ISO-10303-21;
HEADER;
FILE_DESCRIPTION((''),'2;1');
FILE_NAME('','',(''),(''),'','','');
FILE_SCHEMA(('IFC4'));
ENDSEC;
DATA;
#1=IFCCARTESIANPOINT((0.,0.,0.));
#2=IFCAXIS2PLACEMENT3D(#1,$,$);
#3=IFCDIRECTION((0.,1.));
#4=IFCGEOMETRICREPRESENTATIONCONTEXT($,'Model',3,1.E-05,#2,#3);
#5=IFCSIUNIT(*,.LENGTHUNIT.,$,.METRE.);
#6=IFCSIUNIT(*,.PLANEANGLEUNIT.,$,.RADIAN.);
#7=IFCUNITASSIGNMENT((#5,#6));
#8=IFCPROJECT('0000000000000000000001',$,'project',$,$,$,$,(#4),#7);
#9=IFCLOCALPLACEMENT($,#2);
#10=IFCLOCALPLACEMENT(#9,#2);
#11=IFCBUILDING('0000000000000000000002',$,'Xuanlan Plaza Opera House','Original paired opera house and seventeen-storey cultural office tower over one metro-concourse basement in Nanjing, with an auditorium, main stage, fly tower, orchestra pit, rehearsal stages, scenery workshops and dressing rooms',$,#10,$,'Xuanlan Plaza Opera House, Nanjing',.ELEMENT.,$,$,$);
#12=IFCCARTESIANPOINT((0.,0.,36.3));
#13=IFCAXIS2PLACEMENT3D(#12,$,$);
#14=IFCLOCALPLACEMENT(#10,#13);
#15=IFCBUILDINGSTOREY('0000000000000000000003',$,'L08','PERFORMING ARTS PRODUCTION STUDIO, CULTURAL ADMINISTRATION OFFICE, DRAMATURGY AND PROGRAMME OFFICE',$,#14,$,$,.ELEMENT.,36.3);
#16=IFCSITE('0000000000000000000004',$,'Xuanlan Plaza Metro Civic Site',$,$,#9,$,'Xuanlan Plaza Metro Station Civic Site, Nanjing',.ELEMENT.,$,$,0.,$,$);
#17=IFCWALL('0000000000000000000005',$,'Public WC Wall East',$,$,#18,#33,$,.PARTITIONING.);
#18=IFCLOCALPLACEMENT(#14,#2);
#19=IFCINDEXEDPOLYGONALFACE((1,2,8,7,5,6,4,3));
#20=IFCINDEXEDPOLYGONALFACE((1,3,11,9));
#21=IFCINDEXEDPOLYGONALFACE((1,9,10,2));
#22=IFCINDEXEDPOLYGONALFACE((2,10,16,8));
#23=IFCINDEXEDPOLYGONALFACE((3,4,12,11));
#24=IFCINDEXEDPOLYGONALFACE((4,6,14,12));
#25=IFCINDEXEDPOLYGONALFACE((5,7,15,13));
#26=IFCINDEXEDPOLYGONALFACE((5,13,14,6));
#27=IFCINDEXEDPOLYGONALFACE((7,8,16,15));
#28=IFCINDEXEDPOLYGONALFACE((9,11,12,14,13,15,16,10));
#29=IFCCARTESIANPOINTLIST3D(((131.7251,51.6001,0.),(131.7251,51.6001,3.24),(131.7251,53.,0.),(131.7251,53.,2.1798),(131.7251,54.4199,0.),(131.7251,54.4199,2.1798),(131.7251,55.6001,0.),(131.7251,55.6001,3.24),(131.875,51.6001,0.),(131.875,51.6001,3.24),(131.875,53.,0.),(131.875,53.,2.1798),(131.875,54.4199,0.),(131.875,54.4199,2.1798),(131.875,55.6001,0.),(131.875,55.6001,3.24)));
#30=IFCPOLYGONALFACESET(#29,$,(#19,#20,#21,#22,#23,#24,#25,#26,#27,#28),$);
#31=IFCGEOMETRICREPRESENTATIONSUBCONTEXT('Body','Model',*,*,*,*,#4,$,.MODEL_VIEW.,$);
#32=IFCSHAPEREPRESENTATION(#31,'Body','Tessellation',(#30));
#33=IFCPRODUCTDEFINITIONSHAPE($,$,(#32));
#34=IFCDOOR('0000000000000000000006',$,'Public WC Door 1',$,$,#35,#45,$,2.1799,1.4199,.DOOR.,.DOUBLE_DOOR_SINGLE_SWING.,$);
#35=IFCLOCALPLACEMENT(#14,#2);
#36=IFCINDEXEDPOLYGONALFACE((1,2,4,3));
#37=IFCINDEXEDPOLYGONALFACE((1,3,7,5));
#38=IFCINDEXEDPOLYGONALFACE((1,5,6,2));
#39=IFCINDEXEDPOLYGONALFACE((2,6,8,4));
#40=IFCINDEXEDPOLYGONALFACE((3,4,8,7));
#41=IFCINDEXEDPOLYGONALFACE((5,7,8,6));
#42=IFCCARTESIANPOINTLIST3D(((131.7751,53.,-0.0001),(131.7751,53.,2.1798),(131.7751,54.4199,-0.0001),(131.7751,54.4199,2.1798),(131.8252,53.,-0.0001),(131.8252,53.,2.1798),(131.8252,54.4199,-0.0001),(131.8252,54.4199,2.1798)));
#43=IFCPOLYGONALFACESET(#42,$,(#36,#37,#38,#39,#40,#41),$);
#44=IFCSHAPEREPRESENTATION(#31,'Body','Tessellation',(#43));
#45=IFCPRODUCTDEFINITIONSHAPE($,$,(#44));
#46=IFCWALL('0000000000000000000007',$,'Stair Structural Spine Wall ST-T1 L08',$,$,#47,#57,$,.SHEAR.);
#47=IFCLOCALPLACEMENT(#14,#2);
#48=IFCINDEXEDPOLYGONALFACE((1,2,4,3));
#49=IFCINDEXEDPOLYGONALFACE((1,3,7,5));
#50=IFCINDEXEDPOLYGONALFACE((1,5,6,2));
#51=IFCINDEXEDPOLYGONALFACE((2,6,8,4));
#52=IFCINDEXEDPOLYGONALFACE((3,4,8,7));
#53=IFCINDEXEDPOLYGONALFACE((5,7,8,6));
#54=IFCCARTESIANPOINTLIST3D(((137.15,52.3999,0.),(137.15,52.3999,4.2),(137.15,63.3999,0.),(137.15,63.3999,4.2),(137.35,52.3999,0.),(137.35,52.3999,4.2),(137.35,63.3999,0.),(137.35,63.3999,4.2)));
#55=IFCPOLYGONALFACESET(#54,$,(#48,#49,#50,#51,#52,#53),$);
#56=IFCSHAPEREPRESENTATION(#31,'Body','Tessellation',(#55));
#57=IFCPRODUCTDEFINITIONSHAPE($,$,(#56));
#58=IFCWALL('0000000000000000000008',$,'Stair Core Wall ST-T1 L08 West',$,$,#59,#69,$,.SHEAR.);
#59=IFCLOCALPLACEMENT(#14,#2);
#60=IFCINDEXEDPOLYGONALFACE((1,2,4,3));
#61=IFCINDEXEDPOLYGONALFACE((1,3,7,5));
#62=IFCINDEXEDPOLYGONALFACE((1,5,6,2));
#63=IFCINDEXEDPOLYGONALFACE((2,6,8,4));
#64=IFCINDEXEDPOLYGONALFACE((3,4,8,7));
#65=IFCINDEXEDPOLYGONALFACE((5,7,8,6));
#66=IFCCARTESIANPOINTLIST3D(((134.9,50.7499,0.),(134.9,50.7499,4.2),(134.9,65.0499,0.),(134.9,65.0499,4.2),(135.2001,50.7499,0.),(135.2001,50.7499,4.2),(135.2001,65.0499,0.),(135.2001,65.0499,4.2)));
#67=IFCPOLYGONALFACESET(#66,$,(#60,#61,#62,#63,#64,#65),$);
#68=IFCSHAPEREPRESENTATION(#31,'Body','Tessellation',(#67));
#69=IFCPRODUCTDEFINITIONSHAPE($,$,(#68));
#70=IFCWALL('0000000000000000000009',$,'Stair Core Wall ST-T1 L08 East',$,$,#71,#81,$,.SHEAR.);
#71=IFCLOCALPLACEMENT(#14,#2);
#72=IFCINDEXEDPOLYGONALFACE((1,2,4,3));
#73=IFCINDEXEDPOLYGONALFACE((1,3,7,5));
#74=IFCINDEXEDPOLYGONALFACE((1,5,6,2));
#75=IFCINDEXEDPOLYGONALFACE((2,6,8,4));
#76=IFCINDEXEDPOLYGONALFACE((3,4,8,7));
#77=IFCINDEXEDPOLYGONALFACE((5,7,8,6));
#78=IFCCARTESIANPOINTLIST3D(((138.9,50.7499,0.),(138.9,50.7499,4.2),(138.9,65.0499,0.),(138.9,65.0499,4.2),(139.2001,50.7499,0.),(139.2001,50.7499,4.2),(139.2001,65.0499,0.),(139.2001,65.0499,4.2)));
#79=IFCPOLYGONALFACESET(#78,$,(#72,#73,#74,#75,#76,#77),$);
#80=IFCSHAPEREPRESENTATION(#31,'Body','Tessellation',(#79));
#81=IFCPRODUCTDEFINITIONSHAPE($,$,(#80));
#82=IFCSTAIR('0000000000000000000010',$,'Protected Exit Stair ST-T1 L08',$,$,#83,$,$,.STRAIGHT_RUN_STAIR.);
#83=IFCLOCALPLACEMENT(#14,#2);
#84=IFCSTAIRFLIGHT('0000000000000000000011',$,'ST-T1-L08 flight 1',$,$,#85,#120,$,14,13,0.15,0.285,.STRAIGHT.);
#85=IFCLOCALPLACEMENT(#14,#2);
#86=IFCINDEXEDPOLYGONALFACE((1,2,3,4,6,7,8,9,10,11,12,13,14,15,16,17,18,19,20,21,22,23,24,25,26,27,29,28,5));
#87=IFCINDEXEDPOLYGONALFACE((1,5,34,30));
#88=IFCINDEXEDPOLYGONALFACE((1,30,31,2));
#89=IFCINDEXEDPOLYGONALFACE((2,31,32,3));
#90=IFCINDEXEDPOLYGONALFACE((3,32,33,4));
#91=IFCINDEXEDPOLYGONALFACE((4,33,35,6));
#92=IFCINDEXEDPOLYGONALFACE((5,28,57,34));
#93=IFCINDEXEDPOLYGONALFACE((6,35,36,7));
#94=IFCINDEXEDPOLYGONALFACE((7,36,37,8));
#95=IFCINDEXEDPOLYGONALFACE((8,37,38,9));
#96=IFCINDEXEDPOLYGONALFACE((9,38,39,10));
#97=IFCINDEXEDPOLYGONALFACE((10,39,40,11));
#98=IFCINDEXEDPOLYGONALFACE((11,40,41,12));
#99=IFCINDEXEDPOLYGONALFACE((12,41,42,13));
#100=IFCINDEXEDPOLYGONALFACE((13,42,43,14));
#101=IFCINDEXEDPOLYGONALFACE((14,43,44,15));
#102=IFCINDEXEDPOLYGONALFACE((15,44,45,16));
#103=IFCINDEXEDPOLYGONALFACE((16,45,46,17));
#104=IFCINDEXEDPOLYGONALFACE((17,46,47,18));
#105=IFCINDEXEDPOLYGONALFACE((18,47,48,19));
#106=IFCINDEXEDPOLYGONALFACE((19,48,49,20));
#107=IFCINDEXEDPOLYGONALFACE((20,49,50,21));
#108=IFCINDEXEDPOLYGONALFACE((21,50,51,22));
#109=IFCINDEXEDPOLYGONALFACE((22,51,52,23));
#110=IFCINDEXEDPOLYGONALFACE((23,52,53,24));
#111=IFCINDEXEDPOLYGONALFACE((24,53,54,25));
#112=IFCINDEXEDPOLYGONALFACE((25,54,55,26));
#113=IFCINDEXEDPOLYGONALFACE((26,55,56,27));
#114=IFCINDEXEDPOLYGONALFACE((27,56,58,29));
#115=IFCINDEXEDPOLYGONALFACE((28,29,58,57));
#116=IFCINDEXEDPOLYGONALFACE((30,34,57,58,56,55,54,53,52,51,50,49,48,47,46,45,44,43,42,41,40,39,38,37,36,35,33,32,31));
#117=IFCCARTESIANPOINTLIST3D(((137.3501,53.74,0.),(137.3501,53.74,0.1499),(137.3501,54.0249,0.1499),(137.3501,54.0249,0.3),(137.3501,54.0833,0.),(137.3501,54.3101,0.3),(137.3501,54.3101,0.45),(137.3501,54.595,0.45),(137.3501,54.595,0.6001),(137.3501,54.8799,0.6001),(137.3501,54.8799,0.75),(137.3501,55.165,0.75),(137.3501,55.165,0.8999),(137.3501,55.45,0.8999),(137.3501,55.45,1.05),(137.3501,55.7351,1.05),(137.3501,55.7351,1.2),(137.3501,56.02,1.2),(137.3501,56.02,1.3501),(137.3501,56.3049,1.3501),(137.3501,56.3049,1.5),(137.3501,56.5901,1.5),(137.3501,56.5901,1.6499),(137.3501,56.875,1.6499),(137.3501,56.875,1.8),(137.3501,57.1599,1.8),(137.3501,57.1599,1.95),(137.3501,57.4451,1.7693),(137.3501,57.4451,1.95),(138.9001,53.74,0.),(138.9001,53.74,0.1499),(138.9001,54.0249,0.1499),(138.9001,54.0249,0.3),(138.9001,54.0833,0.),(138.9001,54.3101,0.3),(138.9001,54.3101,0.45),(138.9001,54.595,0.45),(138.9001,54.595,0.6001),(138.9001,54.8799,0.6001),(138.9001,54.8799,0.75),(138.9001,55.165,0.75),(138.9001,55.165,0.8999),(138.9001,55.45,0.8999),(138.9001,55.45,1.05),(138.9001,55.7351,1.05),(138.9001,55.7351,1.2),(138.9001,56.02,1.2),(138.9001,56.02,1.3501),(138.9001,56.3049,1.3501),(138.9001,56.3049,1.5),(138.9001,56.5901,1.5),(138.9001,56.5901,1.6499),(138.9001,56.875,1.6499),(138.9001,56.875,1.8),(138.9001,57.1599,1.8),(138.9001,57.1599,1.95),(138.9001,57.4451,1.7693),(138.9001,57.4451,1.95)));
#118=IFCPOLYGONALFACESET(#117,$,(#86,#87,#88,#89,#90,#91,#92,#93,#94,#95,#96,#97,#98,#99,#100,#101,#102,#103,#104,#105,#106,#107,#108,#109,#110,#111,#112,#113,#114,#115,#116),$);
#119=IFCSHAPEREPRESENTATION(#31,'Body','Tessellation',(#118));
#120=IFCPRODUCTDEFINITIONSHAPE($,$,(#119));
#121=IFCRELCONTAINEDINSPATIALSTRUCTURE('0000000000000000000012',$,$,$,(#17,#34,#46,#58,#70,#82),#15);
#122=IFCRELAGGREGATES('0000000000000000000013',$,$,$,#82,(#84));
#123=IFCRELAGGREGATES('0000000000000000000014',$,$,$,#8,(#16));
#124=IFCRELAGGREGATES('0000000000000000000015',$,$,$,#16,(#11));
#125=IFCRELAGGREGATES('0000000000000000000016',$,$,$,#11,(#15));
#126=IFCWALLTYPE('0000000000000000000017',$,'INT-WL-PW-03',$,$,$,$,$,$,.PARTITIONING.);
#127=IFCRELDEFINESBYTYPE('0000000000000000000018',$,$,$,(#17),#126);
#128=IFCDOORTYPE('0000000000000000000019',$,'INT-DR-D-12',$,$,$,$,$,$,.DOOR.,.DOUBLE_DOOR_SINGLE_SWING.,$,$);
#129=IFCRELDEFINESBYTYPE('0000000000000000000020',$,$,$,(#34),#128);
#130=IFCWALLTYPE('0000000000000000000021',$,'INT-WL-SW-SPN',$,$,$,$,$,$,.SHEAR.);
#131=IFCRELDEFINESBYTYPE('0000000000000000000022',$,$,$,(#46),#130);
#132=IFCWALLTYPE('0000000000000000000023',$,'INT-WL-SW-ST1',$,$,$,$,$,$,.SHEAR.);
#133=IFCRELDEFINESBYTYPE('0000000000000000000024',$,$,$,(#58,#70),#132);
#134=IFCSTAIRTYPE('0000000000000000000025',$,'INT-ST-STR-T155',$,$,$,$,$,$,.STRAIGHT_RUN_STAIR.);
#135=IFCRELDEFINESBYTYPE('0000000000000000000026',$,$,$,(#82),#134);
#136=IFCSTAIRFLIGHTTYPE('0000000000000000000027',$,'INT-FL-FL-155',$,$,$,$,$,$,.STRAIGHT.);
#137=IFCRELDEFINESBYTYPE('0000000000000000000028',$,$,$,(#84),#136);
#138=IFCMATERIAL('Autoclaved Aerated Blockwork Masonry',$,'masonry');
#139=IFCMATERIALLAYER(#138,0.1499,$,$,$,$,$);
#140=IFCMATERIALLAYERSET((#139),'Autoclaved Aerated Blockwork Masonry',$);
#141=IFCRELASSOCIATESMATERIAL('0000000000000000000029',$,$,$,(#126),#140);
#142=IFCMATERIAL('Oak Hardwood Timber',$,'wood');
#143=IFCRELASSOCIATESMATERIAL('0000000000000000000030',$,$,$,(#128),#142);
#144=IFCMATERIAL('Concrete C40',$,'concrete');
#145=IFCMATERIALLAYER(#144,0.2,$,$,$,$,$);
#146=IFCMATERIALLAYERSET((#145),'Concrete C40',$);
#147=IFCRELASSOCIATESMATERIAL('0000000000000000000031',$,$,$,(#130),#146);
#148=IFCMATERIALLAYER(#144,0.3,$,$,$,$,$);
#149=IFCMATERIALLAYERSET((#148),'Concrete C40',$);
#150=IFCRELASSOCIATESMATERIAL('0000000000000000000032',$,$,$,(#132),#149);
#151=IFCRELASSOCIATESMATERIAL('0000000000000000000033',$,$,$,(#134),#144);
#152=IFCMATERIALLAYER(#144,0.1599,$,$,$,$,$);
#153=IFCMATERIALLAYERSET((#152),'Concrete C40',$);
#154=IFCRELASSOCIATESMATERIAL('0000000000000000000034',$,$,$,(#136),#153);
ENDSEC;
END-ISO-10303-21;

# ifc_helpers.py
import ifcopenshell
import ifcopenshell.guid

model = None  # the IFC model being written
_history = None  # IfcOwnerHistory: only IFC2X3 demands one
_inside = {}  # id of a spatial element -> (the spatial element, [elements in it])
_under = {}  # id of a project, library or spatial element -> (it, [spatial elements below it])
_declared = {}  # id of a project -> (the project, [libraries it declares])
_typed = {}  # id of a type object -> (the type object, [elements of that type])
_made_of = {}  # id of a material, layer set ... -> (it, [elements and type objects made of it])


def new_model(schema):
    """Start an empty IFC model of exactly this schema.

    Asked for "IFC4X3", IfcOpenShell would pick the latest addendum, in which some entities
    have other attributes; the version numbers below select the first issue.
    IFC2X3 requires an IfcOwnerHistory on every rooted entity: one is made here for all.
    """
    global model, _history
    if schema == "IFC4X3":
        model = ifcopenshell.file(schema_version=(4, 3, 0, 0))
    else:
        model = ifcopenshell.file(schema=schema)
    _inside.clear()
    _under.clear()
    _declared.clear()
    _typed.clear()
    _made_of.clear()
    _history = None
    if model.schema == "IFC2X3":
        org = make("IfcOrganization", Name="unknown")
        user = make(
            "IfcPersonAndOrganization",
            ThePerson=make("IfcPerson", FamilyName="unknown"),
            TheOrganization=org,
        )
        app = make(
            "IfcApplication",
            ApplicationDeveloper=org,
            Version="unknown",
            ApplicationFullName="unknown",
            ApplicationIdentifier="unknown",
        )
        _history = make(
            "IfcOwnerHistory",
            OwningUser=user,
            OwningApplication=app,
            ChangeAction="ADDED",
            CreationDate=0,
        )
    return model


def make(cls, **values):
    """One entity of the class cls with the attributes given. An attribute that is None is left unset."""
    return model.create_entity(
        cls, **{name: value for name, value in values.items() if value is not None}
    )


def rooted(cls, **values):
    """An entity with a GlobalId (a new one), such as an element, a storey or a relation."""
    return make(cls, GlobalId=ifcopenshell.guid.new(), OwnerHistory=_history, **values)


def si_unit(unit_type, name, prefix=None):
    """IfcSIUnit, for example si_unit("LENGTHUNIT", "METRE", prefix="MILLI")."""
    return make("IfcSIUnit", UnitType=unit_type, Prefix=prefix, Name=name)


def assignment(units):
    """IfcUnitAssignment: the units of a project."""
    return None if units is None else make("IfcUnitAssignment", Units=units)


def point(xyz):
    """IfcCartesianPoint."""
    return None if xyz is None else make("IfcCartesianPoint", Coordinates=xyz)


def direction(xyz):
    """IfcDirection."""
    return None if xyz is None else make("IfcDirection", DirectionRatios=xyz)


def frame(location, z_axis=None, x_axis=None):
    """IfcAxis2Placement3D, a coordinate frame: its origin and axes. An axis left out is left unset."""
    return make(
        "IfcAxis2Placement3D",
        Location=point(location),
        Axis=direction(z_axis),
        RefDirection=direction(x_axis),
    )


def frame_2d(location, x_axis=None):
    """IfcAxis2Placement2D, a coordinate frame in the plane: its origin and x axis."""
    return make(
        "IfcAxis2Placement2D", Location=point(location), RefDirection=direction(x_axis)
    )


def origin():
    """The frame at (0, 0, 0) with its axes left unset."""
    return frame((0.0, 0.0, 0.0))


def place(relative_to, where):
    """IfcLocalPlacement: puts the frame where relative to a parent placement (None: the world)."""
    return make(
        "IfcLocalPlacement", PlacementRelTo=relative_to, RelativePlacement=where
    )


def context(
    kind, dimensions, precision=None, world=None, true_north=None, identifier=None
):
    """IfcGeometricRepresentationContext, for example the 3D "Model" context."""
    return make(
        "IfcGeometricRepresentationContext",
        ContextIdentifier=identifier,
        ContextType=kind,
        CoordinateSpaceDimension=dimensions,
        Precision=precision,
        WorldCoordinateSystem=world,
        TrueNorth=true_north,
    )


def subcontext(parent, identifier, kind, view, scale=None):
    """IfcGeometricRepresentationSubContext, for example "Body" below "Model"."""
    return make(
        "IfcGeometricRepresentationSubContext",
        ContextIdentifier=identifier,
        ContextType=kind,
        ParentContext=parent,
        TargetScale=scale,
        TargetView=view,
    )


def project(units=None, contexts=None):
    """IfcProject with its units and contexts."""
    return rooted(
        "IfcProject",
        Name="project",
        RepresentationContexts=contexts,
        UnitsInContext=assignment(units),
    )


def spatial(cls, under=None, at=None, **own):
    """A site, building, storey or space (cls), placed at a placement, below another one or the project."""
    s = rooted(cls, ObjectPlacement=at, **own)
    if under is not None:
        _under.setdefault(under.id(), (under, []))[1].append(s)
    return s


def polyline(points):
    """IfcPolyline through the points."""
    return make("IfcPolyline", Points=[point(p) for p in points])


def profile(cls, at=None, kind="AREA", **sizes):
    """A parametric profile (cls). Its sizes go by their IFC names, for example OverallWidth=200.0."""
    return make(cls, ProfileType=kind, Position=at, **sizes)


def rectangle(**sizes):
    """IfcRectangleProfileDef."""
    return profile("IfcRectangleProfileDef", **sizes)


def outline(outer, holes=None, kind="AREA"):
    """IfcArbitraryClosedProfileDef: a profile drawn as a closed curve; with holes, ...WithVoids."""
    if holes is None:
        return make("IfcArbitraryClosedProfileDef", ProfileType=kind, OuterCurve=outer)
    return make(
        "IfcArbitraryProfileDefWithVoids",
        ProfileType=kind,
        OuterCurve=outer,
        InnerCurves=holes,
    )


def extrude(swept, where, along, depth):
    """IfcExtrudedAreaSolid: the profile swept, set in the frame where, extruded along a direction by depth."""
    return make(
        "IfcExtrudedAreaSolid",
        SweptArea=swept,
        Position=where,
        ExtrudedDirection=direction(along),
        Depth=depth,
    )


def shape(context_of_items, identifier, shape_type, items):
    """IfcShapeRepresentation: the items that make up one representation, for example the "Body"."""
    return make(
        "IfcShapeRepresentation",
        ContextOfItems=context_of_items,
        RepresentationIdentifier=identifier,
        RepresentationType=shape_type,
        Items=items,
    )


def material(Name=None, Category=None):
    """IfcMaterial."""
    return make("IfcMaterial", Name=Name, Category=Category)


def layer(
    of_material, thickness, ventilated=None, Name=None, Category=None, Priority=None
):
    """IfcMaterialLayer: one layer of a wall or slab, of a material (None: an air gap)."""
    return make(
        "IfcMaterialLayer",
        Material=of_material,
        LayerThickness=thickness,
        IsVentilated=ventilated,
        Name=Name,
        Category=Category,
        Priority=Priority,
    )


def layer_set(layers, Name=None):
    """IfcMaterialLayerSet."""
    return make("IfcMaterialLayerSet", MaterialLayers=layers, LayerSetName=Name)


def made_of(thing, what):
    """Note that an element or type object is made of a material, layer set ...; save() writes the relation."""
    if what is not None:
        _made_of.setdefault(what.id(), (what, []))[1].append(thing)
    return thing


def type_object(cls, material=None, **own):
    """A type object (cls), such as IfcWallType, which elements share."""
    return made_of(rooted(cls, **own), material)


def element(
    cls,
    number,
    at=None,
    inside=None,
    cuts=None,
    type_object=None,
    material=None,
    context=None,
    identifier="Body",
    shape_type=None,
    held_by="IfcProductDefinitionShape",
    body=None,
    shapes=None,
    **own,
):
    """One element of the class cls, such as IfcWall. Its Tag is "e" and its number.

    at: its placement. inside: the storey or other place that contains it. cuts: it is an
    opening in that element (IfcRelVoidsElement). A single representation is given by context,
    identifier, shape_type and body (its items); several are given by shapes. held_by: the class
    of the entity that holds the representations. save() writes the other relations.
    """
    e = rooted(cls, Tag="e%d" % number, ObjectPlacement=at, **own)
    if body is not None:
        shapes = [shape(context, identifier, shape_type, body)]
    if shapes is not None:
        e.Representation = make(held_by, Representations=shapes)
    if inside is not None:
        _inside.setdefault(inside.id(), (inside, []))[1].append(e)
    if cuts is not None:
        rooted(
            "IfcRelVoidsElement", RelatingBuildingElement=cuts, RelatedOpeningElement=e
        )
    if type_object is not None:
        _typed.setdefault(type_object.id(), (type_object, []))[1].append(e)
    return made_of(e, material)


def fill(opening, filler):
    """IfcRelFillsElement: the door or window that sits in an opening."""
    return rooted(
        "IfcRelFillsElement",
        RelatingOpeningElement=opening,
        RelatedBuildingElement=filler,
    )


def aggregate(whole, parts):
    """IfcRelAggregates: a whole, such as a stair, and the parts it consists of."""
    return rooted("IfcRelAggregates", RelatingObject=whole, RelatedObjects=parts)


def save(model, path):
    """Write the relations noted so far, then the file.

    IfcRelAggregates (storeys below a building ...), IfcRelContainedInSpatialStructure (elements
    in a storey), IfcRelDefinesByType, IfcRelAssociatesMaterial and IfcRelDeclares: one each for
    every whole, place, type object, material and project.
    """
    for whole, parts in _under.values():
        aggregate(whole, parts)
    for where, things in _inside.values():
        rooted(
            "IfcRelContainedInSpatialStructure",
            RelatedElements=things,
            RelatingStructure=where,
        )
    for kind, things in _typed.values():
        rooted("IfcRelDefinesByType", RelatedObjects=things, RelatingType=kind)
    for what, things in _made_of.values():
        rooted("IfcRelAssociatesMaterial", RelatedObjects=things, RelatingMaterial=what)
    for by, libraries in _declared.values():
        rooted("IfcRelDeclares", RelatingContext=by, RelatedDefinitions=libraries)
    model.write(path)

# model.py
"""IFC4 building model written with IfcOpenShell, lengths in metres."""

from ifc_helpers import new_model, si_unit, direction, frame, frame_2d, origin, place, context, subcontext, project, spatial, polyline, rectangle, outline, extrude, material, layer, layer_set, type_object, element, fill, aggregate, save


model = new_model("IFC4")

# Units and contexts
model_context = context("Model", 3, precision=1e-05, world=origin(), true_north=direction((0.0, 1.0)))
body_context = subcontext(model_context, "Body", "Model", "MODEL_VIEW")
ifc_project = project(units=[si_unit("LENGTHUNIT", "METRE"), si_unit("PLANEANGLEUNIT", "RADIAN")], contexts=[model_context])

# Site, building, storey
site_placement = place(None, origin())
site = spatial("IfcSite", under=ifc_project, at=site_placement, Name="Xuanlan Plaza Metro Civic Site", LongName="Xuanlan Plaza Metro Station Civic Site, Nanjing", CompositionType="ELEMENT", RefElevation=0.0)
building_placement = place(site_placement, origin())
building = spatial("IfcBuilding", under=site, at=building_placement, Name="Xuanlan Plaza Opera House", Description="Original paired opera house and seventeen-storey cultural office tower over one metro-concourse basement in Nanjing, with an auditorium, main stage, fly tower, orchestra pit, rehearsal stages, scenery workshops and dressing rooms", LongName="Xuanlan Plaza Opera House, Nanjing", CompositionType="ELEMENT")
storey_placement = place(building_placement, frame((0.0, 0.0, 36.3)))
storey = spatial("IfcBuildingStorey", under=building, at=storey_placement, Name="L08", Description="PERFORMING ARTS PRODUCTION STUDIO, CULTURAL ADMINISTRATION OFFICE, DRAMATURGY AND PROGRAMME OFFICE", CompositionType="ELEMENT", Elevation=36.3)

# Shared definitions
ifc_material_1 = material(Name="Concrete C40", Category="concrete")

# Shared definitions
ifc_material_2 = material(Name="Autoclaved Aerated Blockwork Masonry", Category="masonry")
ifc_layer_1 = layer(ifc_material_2, 0.1499)
ifc_layer_set_1 = layer_set([ifc_layer_1], Name="Autoclaved Aerated Blockwork Masonry")
wall_type_1 = type_object("IfcWallType", Name="INT-WL-PW-03", PredefinedType="PARTITIONING", material=ifc_layer_set_1)

# Wall, opening, door
wall_1_placement = place(storey_placement, frame((131.8, 51.6001, 0.0), z_axis=(0.0, 0.0, 1.0), x_axis=(0.0, 1.0, 0.0)))
wall_1 = element("IfcWall", 1, at=wall_1_placement, inside=storey, type_object=wall_type_1, Name="Public WC Wall East", PredefinedType="PARTITIONING", context=body_context, shape_type="SweptSolid", body=[
    extrude(rectangle(XDim=4.0, YDim=0.1499, at=frame_2d((2.0, 0.0))), origin(), (0.0, 0.0, 1.0), 3.24),
])
opening_1_placement = place(wall_1_placement, frame((1.3999, 0.0, 0.0)))
opening_1 = element("IfcOpeningElement", 2, at=opening_1_placement, cuts=wall_1, PredefinedType="OPENING", context=body_context, shape_type="SweptSolid", body=[
    extrude(rectangle(XDim=1.4199, YDim=2.1799, at=frame_2d((0.71, 1.0898))), frame((0.0, 0.085, 0.0), z_axis=(0.0, -1.0, 0.0), x_axis=(1.0, 0.0, 0.0)), (0.0, 0.0, 1.0), 0.1699),
])
ifc_material_3 = material(Name="Oak Hardwood Timber", Category="wood")
door_type_1 = type_object("IfcDoorType", Name="INT-DR-D-12", OperationType="DOUBLE_DOOR_SINGLE_SWING", PredefinedType="DOOR", material=ifc_material_3)
door_1_placement = place(opening_1_placement, origin())
door_1 = element("IfcDoor", 3, at=door_1_placement, inside=storey, type_object=door_type_1, Name="Public WC Door 1", OperationType="DOUBLE_DOOR_SINGLE_SWING", OverallHeight=2.1799, OverallWidth=1.4199, PredefinedType="DOOR", context=body_context, shape_type="SweptSolid", body=[
    extrude(rectangle(XDim=1.4199, YDim=2.1799, at=frame_2d((0.71, 1.0898))), frame((0.0, 0.0249, 0.0), z_axis=(0.0, -1.0, 0.0), x_axis=(1.0, 0.0, 0.0)), (0.0, 0.0, 1.0), 0.05),
])
fill(opening_1, door_1)

# Wall
ifc_layer_2 = layer(ifc_material_1, 0.2)
ifc_layer_set_2 = layer_set([ifc_layer_2], Name="Concrete C40")
wall_type_2 = type_object("IfcWallType", Name="INT-WL-SW-SPN", PredefinedType="SHEAR", material=ifc_layer_set_2)
wall_2_placement = place(storey_placement, frame((137.25, 52.3999, 0.0), z_axis=(0.0, 0.0, 1.0), x_axis=(0.0, 1.0, 0.0)))
element("IfcWall", 4, at=wall_2_placement, inside=storey, type_object=wall_type_2, Name="Stair Structural Spine Wall ST-T1 L08", PredefinedType="SHEAR", context=body_context, shape_type="SweptSolid", body=[
    extrude(rectangle(XDim=11.0, YDim=0.2, at=frame_2d((5.5, 0.0))), origin(), (0.0, 0.0, 1.0), 4.2),
])

# Shared definitions
ifc_layer_3 = layer(ifc_material_1, 0.3)
ifc_layer_set_3 = layer_set([ifc_layer_3], Name="Concrete C40")
wall_type_3 = type_object("IfcWallType", Name="INT-WL-SW-ST1", PredefinedType="SHEAR", material=ifc_layer_set_3)

# Walls
for number, where, z_axis, x_axis, name in (
    (5, (135.05, 50.75, 0.0), (0.0, 0.0, 1.0), (0.0, 1.0, 0.0), "Stair Core Wall ST-T1 L08 West"),
    (6, (139.05, 50.75, 0.0), (0.0, 0.0, 1.0), (0.0, 1.0, 0.0), "Stair Core Wall ST-T1 L08 East"),
):
    element("IfcWall", number, at=place(storey_placement, frame(where, z_axis=z_axis, x_axis=x_axis)), inside=storey, type_object=wall_type_3, Name=name, PredefinedType="SHEAR", context=body_context, shape_type="SweptSolid", body=[
        extrude(rectangle(XDim=14.3, YDim=0.3, at=frame_2d((7.1499, 0.0))), origin(), (0.0, 0.0, 1.0), 4.2),
    ])

# Stair, stair flight
stair_type = type_object("IfcStairType", Name="INT-ST-STR-T155", PredefinedType="STRAIGHT_RUN_STAIR", material=ifc_material_1)
stair_placement = place(storey_placement, origin())
stair = element("IfcStair", 7, at=stair_placement, inside=storey, type_object=stair_type, Name="Protected Exit Stair ST-T1 L08", PredefinedType="STRAIGHT_RUN_STAIR")
ifc_layer_4 = layer(ifc_material_1, 0.1599)
ifc_layer_set_4 = layer_set([ifc_layer_4], Name="Concrete C40")
stair_flight_type = type_object("IfcStairFlightType", Name="INT-FL-FL-155", PredefinedType="STRAIGHT", material=ifc_layer_set_4)
stair_flight_placement = place(storey_placement, frame((138.125, 53.74, 0.0), z_axis=(0.0, 0.0, 1.0), x_axis=(0.0, 1.0, 0.0)))
stair_flight = element("IfcStairFlight", 8, at=stair_flight_placement, type_object=stair_flight_type, Name="ST-T1-L08 flight 1", NumberOfRisers=14, NumberOfTreads=13, PredefinedType="STRAIGHT", RiserHeight=0.15, TreadLength=0.285, context=body_context, shape_type="SweptSolid", body=[
    extrude(outline(polyline([(0.0, 0.0), (0.0, 0.1499), (0.2849, 0.1499), (0.2849, 0.3), (0.5701, 0.3), (0.5701, 0.45), (0.855, 0.45), (0.855, 0.6001), (1.1399, 0.6001), (1.1399, 0.75), (1.425, 0.75), (1.425, 0.8999), (1.71, 0.8999), (1.71, 1.05), (1.9951, 1.05), (1.9951, 1.2), (2.28, 1.2), (2.28, 1.3501), (2.5649, 1.3501), (2.5649, 1.5), (2.8501, 1.5), (2.8501, 1.6499), (3.135, 1.6499), (3.135, 1.8), (3.4199, 1.8), (3.4199, 1.95), (3.7051, 1.95), (3.7051, 2.1001), (3.7051, 1.7693), (0.3433, 0.0), (0.0, 0.0)])), frame((0.0, 0.7749, 0.0), z_axis=(0.0, -1.0, 0.0), x_axis=(1.0, 0.0, 0.0)), (0.0, 0.0, 1.0), 1.55),
])
aggregate(stair, [stair_flight])

save(model, "model.ifc")
